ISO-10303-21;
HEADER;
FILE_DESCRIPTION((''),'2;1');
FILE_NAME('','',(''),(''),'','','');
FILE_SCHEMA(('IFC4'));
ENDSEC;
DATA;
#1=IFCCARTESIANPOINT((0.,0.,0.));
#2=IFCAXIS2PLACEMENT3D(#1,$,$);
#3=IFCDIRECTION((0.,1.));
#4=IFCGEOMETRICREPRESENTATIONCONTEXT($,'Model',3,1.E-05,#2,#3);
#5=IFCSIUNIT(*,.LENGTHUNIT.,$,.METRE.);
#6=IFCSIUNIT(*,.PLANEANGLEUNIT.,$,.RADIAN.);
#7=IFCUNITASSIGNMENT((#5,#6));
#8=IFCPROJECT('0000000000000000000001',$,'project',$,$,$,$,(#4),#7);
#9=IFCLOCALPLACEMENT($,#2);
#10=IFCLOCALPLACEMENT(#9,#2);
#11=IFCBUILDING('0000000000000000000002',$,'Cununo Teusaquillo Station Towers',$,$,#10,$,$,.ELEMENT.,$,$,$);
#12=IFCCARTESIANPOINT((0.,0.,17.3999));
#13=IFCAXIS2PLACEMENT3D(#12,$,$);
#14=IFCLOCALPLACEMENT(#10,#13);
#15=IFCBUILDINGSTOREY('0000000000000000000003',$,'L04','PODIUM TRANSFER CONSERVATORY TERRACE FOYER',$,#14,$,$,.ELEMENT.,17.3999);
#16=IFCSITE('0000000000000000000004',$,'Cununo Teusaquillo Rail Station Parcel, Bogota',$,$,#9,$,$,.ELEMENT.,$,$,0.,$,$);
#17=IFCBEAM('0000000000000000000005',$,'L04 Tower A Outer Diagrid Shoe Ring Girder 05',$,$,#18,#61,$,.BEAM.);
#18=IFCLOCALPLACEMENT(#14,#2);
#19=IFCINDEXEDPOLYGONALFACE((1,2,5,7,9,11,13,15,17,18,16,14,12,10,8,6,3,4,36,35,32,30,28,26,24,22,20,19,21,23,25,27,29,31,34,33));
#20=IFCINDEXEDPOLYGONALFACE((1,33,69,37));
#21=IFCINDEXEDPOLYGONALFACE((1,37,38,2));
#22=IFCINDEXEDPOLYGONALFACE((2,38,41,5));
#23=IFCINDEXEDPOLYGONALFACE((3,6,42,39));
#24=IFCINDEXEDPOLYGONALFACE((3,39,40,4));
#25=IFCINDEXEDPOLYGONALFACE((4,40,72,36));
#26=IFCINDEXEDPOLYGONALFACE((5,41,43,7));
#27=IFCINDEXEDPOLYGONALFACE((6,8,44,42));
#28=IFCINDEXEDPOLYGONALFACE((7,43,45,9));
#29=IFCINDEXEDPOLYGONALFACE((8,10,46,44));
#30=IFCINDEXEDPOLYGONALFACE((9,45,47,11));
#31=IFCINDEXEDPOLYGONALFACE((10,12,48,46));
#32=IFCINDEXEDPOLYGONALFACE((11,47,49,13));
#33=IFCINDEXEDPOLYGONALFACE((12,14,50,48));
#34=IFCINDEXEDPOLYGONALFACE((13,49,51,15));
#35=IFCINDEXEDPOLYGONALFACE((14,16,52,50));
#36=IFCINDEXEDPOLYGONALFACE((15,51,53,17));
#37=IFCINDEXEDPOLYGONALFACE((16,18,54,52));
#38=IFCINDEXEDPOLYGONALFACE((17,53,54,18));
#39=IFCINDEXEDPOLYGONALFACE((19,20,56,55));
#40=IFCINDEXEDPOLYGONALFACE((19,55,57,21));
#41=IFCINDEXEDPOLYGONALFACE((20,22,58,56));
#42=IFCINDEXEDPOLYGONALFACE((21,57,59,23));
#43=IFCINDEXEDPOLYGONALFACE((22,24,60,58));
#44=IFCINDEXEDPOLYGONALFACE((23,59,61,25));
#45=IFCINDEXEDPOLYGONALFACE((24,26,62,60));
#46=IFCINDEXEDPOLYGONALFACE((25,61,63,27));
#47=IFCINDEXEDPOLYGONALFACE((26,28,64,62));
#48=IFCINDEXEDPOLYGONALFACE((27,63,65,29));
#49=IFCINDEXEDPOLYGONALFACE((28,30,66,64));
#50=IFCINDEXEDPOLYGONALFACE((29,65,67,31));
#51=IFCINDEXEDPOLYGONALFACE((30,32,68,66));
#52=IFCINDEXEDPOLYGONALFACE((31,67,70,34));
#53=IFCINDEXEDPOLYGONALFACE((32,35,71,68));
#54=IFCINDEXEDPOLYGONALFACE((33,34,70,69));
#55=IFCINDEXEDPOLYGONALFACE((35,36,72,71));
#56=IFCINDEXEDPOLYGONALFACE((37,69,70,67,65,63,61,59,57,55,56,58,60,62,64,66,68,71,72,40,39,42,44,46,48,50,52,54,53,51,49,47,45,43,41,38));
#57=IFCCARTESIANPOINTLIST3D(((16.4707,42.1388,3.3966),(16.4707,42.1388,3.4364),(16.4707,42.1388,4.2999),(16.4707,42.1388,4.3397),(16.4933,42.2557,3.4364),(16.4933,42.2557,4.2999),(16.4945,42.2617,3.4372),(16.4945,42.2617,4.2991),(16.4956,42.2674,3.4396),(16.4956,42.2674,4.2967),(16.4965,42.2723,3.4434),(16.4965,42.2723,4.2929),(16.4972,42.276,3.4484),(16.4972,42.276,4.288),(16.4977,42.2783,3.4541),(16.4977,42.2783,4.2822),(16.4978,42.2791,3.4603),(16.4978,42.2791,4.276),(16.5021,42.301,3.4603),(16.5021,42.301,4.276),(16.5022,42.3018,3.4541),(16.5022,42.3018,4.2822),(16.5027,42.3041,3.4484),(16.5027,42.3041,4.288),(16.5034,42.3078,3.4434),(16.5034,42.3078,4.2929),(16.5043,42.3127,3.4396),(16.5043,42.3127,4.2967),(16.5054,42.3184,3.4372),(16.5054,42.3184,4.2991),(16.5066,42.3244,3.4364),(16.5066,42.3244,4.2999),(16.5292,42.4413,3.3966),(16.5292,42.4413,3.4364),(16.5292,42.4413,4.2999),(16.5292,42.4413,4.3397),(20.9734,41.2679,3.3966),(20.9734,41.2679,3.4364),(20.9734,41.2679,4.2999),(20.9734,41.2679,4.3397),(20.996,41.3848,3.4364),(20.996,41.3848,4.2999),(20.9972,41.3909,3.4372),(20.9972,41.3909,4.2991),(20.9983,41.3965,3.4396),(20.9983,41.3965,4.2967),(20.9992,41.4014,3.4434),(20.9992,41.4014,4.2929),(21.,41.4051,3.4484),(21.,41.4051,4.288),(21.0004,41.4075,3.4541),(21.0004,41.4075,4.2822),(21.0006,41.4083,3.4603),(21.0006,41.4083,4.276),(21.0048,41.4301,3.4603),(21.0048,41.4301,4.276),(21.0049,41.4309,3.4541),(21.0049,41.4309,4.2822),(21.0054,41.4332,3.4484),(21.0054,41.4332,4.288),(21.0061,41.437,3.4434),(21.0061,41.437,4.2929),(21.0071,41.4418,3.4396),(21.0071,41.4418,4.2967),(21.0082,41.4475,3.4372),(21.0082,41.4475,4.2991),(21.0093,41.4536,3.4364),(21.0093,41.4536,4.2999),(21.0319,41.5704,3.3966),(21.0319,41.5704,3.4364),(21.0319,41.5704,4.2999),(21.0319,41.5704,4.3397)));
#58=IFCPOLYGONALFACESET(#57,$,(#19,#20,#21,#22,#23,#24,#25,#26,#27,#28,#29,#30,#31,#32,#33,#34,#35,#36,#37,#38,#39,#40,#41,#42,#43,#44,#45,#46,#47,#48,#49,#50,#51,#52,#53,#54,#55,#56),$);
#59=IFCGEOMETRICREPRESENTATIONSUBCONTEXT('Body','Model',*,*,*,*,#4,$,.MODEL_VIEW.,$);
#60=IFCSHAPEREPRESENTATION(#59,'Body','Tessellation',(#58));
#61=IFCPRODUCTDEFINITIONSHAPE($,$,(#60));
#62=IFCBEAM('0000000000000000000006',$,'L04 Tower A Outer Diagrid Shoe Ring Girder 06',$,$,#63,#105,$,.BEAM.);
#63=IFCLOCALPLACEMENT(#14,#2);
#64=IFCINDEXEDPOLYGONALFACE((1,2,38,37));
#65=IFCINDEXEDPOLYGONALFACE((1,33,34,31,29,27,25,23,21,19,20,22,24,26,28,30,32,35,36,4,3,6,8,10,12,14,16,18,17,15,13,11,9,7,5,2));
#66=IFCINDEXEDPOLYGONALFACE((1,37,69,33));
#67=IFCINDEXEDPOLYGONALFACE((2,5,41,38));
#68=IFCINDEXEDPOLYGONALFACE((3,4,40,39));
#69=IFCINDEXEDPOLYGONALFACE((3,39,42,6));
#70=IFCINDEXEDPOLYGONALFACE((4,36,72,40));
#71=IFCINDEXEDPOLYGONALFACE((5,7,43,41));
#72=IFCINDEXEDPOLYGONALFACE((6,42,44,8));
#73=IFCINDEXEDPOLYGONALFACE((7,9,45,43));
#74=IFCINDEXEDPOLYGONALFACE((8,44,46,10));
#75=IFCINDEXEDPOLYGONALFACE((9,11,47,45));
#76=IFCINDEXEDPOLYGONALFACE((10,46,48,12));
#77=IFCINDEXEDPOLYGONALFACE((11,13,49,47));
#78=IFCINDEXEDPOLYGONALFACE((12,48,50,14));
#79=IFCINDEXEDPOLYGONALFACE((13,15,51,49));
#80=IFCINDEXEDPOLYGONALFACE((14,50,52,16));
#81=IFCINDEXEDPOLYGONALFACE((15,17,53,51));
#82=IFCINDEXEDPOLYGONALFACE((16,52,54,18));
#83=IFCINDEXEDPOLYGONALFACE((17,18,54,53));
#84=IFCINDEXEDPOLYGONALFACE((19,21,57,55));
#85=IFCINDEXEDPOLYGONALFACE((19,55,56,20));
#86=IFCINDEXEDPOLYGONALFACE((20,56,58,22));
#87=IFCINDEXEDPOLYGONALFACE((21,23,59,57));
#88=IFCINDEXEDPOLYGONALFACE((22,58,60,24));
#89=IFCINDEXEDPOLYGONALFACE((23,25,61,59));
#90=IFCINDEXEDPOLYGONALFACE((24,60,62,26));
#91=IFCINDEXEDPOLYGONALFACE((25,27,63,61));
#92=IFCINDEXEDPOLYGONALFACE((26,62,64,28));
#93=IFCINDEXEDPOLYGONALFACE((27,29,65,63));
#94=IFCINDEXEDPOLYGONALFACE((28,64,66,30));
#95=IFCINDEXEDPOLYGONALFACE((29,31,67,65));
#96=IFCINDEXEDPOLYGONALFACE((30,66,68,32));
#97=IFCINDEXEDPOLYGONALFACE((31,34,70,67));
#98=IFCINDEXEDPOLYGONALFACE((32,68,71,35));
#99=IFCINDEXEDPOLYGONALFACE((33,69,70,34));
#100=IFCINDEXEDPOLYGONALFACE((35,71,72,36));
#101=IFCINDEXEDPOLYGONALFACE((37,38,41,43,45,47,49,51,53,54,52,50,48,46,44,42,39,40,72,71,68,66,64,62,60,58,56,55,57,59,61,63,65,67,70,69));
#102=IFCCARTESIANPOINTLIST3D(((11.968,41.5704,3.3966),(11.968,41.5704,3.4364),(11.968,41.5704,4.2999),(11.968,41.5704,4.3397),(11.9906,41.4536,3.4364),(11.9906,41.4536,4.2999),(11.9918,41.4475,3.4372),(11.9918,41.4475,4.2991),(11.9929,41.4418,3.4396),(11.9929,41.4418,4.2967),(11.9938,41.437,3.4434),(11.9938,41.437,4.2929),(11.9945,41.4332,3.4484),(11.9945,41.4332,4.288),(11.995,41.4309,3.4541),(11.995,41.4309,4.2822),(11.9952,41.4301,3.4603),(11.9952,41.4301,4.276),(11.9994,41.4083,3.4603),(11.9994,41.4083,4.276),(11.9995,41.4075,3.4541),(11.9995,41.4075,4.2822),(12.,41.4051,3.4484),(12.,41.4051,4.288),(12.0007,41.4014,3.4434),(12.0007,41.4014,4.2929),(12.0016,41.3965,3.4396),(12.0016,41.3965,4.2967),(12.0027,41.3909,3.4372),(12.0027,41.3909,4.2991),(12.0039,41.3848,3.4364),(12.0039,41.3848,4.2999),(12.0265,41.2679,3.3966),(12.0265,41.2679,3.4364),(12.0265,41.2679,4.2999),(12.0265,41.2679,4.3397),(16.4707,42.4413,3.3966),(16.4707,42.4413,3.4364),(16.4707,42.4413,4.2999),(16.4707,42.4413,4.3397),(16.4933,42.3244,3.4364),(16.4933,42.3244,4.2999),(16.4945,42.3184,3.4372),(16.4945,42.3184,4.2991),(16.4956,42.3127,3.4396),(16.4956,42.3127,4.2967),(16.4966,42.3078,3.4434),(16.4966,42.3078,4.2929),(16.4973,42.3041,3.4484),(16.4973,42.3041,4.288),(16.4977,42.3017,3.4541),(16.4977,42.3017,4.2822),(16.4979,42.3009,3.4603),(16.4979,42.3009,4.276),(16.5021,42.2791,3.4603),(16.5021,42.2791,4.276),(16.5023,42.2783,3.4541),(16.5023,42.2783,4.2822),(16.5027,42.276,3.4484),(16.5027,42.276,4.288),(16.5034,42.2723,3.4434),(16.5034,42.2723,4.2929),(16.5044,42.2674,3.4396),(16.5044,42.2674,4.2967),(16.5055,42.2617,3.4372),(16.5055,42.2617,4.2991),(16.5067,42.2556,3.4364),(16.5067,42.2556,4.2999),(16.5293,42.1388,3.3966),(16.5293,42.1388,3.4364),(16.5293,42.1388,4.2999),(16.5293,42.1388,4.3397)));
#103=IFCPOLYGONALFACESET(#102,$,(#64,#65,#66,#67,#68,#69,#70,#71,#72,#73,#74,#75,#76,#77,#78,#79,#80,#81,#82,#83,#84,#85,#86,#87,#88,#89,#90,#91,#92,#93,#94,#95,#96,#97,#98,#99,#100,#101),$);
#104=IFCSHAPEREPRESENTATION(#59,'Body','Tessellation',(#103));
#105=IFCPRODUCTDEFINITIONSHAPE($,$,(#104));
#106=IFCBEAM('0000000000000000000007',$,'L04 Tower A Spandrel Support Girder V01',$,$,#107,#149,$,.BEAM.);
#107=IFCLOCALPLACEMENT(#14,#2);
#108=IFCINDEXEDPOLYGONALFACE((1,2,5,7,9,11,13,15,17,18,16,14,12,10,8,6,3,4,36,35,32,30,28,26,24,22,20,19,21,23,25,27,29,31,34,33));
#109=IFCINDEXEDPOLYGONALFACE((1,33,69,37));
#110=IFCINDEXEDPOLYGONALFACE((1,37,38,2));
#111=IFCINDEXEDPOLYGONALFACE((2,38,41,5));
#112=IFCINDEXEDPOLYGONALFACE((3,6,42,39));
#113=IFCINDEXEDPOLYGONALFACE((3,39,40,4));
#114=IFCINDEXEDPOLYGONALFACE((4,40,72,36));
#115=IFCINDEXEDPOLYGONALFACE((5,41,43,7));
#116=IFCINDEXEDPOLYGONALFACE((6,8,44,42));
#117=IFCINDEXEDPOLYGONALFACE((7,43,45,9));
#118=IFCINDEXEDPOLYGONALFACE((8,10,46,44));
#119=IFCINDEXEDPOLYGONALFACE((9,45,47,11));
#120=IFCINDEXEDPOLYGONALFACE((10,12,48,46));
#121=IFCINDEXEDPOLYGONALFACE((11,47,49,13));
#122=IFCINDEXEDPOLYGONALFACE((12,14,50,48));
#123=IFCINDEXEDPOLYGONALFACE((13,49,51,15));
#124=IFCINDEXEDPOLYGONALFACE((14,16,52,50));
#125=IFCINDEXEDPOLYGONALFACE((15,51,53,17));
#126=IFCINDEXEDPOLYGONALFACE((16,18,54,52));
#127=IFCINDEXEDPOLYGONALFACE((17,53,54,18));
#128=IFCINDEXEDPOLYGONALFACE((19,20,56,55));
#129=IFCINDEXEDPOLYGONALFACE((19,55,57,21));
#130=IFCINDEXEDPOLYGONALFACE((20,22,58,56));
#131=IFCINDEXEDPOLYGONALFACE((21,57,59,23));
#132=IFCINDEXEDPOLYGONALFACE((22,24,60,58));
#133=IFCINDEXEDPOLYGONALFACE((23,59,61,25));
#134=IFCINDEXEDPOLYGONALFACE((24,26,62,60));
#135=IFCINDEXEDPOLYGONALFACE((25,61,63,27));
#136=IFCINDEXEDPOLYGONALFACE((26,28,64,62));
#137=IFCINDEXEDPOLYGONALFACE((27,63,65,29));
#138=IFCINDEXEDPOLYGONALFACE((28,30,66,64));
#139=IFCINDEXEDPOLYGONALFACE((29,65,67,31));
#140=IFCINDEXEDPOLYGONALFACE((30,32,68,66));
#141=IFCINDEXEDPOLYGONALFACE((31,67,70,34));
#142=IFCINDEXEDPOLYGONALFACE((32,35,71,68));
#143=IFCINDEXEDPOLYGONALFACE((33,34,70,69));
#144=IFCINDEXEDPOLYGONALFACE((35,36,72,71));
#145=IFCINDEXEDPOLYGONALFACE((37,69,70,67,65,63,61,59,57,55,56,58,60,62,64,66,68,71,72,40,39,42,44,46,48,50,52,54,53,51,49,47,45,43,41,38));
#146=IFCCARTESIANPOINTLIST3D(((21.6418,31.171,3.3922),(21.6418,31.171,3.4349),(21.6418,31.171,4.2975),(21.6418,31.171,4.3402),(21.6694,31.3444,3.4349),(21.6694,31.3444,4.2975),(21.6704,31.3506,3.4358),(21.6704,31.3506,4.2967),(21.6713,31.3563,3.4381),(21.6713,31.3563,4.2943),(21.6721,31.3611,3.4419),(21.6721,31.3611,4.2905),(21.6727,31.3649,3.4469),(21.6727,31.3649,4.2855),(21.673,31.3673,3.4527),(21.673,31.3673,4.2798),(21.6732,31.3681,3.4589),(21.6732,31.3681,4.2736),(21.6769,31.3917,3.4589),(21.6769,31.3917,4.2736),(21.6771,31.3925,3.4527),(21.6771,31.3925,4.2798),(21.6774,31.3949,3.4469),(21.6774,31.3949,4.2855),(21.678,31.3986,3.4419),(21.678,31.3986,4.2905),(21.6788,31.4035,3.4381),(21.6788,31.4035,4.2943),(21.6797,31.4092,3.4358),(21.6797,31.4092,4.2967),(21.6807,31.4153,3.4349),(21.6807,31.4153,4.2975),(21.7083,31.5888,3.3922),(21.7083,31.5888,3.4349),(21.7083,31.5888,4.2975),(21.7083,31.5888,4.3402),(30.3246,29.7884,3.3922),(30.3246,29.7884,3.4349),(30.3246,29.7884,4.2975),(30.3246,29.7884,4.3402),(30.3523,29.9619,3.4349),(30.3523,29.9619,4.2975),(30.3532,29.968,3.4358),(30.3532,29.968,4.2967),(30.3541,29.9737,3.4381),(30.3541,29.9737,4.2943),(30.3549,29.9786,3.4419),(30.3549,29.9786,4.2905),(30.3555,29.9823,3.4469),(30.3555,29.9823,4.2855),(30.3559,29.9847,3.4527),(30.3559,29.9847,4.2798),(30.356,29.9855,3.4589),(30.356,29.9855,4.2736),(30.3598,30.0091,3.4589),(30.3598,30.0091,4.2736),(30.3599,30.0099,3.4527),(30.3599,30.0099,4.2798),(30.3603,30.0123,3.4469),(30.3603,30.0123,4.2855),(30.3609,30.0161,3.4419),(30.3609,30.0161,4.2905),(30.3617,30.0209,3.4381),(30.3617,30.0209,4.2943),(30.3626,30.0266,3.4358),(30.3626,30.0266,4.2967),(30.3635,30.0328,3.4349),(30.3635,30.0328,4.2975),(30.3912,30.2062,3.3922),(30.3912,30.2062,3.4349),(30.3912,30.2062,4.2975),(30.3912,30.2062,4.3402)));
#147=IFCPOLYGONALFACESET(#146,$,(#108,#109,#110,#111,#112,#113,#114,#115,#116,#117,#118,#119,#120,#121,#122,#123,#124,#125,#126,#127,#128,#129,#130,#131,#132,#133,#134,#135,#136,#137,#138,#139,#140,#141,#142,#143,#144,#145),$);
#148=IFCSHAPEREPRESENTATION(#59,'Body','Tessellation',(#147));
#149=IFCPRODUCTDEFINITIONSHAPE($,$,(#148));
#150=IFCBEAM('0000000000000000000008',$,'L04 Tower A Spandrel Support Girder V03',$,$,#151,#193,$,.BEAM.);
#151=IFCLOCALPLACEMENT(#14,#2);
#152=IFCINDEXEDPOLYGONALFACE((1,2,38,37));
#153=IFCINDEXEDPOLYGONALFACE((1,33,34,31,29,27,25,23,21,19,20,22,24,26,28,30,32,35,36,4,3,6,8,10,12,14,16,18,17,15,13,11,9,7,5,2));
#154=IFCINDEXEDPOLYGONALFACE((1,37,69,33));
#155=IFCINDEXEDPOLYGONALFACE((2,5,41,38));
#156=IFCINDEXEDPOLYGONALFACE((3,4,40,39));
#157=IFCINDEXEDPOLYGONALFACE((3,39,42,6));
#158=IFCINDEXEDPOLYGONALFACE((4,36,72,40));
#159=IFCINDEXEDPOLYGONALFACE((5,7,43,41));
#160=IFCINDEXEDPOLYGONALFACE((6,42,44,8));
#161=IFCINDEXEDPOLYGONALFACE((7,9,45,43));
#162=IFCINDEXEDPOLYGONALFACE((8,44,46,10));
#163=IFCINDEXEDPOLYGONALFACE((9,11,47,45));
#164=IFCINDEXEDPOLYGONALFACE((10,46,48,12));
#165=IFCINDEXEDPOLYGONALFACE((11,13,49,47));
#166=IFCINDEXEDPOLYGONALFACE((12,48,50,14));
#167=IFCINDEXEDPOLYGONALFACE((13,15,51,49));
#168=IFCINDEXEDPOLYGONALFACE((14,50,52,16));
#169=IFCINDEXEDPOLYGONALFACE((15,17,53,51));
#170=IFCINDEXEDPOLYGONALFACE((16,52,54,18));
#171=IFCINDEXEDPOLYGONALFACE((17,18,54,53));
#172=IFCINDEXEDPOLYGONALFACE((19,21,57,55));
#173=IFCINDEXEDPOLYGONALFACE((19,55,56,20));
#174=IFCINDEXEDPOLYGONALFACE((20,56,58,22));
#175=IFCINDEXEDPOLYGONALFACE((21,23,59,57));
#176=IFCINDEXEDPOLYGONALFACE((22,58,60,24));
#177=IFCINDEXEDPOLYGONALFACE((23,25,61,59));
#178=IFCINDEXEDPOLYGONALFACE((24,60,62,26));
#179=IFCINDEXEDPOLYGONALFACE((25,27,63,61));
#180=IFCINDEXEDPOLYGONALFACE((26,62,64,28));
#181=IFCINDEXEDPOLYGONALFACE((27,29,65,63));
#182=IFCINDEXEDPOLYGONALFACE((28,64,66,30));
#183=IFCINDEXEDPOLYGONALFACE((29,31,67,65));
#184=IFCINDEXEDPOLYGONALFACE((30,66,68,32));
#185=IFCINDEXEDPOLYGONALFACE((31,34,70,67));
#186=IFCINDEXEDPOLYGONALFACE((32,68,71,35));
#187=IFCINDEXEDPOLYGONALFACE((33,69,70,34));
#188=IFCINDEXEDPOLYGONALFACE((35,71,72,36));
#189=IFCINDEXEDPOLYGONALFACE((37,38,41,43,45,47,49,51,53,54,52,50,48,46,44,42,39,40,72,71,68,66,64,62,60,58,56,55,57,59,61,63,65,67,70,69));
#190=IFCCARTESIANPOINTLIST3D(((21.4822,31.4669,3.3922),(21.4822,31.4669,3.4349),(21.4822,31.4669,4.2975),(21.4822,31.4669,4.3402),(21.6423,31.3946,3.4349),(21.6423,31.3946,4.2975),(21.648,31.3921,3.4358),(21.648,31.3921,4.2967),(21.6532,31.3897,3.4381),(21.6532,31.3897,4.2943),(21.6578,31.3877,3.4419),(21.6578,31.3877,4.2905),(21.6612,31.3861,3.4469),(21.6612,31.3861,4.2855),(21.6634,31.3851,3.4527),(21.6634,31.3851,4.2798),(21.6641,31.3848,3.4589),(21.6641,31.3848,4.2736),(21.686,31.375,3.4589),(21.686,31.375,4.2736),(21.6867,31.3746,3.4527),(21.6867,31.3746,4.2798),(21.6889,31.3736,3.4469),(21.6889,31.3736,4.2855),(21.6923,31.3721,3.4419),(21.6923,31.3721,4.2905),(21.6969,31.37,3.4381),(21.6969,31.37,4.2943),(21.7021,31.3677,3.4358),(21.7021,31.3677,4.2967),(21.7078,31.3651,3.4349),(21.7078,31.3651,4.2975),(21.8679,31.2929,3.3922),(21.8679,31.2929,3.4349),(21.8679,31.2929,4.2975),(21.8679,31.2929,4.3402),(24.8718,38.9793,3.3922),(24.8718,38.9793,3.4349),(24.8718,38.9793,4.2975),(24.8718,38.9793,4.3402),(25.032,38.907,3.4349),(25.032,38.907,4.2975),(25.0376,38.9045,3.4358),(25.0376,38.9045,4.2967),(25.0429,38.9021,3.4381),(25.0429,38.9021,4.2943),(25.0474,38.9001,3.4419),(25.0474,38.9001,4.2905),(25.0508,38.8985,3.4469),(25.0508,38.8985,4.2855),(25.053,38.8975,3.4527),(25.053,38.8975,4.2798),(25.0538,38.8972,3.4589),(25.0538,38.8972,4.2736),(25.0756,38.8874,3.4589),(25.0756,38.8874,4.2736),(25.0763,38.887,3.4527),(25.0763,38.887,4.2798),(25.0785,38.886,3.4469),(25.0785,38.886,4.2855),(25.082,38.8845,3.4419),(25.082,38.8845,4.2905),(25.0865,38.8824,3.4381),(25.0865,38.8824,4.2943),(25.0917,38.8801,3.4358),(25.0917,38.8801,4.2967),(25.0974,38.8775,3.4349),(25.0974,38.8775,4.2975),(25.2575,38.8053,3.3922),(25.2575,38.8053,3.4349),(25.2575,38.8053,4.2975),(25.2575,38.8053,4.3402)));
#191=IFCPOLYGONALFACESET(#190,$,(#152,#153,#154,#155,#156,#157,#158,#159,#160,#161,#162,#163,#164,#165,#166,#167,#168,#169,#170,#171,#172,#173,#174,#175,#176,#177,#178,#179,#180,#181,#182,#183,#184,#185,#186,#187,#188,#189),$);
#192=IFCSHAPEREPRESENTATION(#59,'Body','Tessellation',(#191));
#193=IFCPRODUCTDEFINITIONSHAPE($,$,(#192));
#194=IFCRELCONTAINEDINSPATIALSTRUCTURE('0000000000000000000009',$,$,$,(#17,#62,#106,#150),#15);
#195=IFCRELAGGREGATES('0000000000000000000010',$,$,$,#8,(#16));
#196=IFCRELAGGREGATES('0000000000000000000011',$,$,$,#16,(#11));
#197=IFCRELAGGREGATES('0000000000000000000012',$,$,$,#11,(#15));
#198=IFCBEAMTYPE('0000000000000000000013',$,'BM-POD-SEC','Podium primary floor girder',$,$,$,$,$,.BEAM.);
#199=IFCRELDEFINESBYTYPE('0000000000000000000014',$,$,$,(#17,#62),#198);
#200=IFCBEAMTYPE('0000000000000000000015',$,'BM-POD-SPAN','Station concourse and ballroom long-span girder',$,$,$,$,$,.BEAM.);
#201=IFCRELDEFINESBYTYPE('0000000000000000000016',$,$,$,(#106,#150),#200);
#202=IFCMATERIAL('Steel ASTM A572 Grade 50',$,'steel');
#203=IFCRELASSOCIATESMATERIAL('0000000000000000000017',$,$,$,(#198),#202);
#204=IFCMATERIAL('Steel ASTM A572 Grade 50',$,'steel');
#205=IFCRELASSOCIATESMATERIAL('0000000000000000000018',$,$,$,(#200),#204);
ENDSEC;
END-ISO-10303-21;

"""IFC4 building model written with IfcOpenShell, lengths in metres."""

from ifc_helpers import new_model, si_unit, direction, frame, origin, origin_2d, place, context, subcontext, project, spatial, i_section, extrude, material, material_profile, profile_set, type_object, element, save


model = new_model("IFC4")

# Units and contexts
model_context = context("Model", 3, precision=1e-05, world=origin(), true_north=direction((0.0, 1.0)))
body_context = subcontext(model_context, "Body", "Model", "MODEL_VIEW")
ifc_project = project(units=[si_unit("LENGTHUNIT", "METRE"), si_unit("PLANEANGLEUNIT", "RADIAN")], contexts=[model_context])

# Site, building, storey
site_placement = place(None, origin())
site = spatial("IfcSite", under=ifc_project, at=site_placement, Name="Cununo Teusaquillo Rail Station Parcel, Bogota", CompositionType="ELEMENT", RefElevation=0.0)
building_placement = place(site_placement, origin())
building = spatial("IfcBuilding", under=site, at=building_placement, Name="Cununo Teusaquillo Station Towers", CompositionType="ELEMENT")
storey_placement = place(building_placement, frame((0.0, 0.0, 17.3999)))
storey = spatial("IfcBuildingStorey", under=building, at=storey_placement, Name="L04", Description="PODIUM TRANSFER CONSERVATORY TERRACE FOYER", CompositionType="ELEMENT", Elevation=17.3999)

# Beams
ifc_material_1 = material(Name="Steel ASTM A572 Grade 50", Category="steel")
ifc_material_profile_1 = material_profile(ifc_material_1, i_section(OverallWidth=0.3081, OverallDepth=0.9431, WebThickness=0.0222, FlangeThickness=0.0398, FilletRadius=0.0239, at=origin_2d()), Name="W36X232")
ifc_profile_set_1 = profile_set([ifc_material_profile_1], Name="Steel ASTM A572 Grade 50")
beam_type_1 = type_object("IfcBeamType", Name="BM-POD-SEC", Description="Podium primary floor girder", PredefinedType="BEAM", material=ifc_profile_set_1)
for number, where, z_axis, x_axis, name in (
    (1, (21.0027, 41.4192, 3.8682), (-0.981806, 0.189888, 0.0), (-0.189888, -0.981806, 0.0), "L04 Tower A Outer Diagrid Shoe Ring Girder 05"),
    (2, (16.5, 42.29, 3.8682), (-0.981806, -0.189888, 0.0), (0.189888, -0.981806, 0.0), "L04 Tower A Outer Diagrid Shoe Ring Girder 06"),
):
    element("IfcBeam", number, at=place(storey_placement, frame(where, z_axis=z_axis, x_axis=x_axis)), inside=storey, type_object=beam_type_1, Name=name, PredefinedType="BEAM", context=body_context, shape_type="SweptSolid", body=[
        extrude(i_section(OverallWidth=0.3081, OverallDepth=0.9431, WebThickness=0.0222, FlangeThickness=0.0398, FilletRadius=0.0239, at=origin_2d()), origin(), (0.0, 0.0, 1.0), 4.5862),
    ])
ifc_material_2 = material(Name="Steel ASTM A572 Grade 50", Category="steel")
ifc_material_profile_2 = material_profile(ifc_material_2, i_section(OverallWidth=0.4231, OverallDepth=0.948, WebThickness=0.0239, FlangeThickness=0.0427, FilletRadius=0.0239, at=origin_2d()), Name="W36X302")
ifc_profile_set_2 = profile_set([ifc_material_profile_2], Name="Steel ASTM A572 Grade 50")
beam_type_2 = type_object("IfcBeamType", Name="BM-POD-SPAN", Description="Station concourse and ballroom long-span girder", PredefinedType="BEAM", material=ifc_profile_set_2)
beam_1_placement = place(storey_placement, frame((21.675, 31.3799, 3.8662), z_axis=(0.987559, -0.157249, 0.0), x_axis=(0.157249, 0.987559, 0.0)))
element("IfcBeam", 3, at=beam_1_placement, inside=storey, type_object=beam_type_2, Name="L04 Tower A Spandrel Support Girder V01", PredefinedType="BEAM", context=body_context, shape_type="SweptSolid", body=[
    extrude(i_section(OverallWidth=0.4231, OverallDepth=0.948, WebThickness=0.0239, FlangeThickness=0.0427, FilletRadius=0.0239, at=origin_2d()), origin(), (0.0, 0.0, 1.0), 8.7922),
])
beam_2_placement = place(storey_placement, frame((21.675, 31.3799, 3.8662), z_axis=(0.411277, 0.91151, 0.0), x_axis=(-0.91151, 0.411277, 0.0)))
element("IfcBeam", 4, at=beam_2_placement, inside=storey, type_object=beam_type_2, Name="L04 Tower A Spandrel Support Girder V03", PredefinedType="BEAM", context=body_context, shape_type="SweptSolid", body=[
    extrude(i_section(OverallWidth=0.4231, OverallDepth=0.948, WebThickness=0.0239, FlangeThickness=0.0427, FilletRadius=0.0239, at=origin_2d()), origin(), (0.0, 0.0, 1.0), 8.2417),
])

save(model, "model.ifc")
